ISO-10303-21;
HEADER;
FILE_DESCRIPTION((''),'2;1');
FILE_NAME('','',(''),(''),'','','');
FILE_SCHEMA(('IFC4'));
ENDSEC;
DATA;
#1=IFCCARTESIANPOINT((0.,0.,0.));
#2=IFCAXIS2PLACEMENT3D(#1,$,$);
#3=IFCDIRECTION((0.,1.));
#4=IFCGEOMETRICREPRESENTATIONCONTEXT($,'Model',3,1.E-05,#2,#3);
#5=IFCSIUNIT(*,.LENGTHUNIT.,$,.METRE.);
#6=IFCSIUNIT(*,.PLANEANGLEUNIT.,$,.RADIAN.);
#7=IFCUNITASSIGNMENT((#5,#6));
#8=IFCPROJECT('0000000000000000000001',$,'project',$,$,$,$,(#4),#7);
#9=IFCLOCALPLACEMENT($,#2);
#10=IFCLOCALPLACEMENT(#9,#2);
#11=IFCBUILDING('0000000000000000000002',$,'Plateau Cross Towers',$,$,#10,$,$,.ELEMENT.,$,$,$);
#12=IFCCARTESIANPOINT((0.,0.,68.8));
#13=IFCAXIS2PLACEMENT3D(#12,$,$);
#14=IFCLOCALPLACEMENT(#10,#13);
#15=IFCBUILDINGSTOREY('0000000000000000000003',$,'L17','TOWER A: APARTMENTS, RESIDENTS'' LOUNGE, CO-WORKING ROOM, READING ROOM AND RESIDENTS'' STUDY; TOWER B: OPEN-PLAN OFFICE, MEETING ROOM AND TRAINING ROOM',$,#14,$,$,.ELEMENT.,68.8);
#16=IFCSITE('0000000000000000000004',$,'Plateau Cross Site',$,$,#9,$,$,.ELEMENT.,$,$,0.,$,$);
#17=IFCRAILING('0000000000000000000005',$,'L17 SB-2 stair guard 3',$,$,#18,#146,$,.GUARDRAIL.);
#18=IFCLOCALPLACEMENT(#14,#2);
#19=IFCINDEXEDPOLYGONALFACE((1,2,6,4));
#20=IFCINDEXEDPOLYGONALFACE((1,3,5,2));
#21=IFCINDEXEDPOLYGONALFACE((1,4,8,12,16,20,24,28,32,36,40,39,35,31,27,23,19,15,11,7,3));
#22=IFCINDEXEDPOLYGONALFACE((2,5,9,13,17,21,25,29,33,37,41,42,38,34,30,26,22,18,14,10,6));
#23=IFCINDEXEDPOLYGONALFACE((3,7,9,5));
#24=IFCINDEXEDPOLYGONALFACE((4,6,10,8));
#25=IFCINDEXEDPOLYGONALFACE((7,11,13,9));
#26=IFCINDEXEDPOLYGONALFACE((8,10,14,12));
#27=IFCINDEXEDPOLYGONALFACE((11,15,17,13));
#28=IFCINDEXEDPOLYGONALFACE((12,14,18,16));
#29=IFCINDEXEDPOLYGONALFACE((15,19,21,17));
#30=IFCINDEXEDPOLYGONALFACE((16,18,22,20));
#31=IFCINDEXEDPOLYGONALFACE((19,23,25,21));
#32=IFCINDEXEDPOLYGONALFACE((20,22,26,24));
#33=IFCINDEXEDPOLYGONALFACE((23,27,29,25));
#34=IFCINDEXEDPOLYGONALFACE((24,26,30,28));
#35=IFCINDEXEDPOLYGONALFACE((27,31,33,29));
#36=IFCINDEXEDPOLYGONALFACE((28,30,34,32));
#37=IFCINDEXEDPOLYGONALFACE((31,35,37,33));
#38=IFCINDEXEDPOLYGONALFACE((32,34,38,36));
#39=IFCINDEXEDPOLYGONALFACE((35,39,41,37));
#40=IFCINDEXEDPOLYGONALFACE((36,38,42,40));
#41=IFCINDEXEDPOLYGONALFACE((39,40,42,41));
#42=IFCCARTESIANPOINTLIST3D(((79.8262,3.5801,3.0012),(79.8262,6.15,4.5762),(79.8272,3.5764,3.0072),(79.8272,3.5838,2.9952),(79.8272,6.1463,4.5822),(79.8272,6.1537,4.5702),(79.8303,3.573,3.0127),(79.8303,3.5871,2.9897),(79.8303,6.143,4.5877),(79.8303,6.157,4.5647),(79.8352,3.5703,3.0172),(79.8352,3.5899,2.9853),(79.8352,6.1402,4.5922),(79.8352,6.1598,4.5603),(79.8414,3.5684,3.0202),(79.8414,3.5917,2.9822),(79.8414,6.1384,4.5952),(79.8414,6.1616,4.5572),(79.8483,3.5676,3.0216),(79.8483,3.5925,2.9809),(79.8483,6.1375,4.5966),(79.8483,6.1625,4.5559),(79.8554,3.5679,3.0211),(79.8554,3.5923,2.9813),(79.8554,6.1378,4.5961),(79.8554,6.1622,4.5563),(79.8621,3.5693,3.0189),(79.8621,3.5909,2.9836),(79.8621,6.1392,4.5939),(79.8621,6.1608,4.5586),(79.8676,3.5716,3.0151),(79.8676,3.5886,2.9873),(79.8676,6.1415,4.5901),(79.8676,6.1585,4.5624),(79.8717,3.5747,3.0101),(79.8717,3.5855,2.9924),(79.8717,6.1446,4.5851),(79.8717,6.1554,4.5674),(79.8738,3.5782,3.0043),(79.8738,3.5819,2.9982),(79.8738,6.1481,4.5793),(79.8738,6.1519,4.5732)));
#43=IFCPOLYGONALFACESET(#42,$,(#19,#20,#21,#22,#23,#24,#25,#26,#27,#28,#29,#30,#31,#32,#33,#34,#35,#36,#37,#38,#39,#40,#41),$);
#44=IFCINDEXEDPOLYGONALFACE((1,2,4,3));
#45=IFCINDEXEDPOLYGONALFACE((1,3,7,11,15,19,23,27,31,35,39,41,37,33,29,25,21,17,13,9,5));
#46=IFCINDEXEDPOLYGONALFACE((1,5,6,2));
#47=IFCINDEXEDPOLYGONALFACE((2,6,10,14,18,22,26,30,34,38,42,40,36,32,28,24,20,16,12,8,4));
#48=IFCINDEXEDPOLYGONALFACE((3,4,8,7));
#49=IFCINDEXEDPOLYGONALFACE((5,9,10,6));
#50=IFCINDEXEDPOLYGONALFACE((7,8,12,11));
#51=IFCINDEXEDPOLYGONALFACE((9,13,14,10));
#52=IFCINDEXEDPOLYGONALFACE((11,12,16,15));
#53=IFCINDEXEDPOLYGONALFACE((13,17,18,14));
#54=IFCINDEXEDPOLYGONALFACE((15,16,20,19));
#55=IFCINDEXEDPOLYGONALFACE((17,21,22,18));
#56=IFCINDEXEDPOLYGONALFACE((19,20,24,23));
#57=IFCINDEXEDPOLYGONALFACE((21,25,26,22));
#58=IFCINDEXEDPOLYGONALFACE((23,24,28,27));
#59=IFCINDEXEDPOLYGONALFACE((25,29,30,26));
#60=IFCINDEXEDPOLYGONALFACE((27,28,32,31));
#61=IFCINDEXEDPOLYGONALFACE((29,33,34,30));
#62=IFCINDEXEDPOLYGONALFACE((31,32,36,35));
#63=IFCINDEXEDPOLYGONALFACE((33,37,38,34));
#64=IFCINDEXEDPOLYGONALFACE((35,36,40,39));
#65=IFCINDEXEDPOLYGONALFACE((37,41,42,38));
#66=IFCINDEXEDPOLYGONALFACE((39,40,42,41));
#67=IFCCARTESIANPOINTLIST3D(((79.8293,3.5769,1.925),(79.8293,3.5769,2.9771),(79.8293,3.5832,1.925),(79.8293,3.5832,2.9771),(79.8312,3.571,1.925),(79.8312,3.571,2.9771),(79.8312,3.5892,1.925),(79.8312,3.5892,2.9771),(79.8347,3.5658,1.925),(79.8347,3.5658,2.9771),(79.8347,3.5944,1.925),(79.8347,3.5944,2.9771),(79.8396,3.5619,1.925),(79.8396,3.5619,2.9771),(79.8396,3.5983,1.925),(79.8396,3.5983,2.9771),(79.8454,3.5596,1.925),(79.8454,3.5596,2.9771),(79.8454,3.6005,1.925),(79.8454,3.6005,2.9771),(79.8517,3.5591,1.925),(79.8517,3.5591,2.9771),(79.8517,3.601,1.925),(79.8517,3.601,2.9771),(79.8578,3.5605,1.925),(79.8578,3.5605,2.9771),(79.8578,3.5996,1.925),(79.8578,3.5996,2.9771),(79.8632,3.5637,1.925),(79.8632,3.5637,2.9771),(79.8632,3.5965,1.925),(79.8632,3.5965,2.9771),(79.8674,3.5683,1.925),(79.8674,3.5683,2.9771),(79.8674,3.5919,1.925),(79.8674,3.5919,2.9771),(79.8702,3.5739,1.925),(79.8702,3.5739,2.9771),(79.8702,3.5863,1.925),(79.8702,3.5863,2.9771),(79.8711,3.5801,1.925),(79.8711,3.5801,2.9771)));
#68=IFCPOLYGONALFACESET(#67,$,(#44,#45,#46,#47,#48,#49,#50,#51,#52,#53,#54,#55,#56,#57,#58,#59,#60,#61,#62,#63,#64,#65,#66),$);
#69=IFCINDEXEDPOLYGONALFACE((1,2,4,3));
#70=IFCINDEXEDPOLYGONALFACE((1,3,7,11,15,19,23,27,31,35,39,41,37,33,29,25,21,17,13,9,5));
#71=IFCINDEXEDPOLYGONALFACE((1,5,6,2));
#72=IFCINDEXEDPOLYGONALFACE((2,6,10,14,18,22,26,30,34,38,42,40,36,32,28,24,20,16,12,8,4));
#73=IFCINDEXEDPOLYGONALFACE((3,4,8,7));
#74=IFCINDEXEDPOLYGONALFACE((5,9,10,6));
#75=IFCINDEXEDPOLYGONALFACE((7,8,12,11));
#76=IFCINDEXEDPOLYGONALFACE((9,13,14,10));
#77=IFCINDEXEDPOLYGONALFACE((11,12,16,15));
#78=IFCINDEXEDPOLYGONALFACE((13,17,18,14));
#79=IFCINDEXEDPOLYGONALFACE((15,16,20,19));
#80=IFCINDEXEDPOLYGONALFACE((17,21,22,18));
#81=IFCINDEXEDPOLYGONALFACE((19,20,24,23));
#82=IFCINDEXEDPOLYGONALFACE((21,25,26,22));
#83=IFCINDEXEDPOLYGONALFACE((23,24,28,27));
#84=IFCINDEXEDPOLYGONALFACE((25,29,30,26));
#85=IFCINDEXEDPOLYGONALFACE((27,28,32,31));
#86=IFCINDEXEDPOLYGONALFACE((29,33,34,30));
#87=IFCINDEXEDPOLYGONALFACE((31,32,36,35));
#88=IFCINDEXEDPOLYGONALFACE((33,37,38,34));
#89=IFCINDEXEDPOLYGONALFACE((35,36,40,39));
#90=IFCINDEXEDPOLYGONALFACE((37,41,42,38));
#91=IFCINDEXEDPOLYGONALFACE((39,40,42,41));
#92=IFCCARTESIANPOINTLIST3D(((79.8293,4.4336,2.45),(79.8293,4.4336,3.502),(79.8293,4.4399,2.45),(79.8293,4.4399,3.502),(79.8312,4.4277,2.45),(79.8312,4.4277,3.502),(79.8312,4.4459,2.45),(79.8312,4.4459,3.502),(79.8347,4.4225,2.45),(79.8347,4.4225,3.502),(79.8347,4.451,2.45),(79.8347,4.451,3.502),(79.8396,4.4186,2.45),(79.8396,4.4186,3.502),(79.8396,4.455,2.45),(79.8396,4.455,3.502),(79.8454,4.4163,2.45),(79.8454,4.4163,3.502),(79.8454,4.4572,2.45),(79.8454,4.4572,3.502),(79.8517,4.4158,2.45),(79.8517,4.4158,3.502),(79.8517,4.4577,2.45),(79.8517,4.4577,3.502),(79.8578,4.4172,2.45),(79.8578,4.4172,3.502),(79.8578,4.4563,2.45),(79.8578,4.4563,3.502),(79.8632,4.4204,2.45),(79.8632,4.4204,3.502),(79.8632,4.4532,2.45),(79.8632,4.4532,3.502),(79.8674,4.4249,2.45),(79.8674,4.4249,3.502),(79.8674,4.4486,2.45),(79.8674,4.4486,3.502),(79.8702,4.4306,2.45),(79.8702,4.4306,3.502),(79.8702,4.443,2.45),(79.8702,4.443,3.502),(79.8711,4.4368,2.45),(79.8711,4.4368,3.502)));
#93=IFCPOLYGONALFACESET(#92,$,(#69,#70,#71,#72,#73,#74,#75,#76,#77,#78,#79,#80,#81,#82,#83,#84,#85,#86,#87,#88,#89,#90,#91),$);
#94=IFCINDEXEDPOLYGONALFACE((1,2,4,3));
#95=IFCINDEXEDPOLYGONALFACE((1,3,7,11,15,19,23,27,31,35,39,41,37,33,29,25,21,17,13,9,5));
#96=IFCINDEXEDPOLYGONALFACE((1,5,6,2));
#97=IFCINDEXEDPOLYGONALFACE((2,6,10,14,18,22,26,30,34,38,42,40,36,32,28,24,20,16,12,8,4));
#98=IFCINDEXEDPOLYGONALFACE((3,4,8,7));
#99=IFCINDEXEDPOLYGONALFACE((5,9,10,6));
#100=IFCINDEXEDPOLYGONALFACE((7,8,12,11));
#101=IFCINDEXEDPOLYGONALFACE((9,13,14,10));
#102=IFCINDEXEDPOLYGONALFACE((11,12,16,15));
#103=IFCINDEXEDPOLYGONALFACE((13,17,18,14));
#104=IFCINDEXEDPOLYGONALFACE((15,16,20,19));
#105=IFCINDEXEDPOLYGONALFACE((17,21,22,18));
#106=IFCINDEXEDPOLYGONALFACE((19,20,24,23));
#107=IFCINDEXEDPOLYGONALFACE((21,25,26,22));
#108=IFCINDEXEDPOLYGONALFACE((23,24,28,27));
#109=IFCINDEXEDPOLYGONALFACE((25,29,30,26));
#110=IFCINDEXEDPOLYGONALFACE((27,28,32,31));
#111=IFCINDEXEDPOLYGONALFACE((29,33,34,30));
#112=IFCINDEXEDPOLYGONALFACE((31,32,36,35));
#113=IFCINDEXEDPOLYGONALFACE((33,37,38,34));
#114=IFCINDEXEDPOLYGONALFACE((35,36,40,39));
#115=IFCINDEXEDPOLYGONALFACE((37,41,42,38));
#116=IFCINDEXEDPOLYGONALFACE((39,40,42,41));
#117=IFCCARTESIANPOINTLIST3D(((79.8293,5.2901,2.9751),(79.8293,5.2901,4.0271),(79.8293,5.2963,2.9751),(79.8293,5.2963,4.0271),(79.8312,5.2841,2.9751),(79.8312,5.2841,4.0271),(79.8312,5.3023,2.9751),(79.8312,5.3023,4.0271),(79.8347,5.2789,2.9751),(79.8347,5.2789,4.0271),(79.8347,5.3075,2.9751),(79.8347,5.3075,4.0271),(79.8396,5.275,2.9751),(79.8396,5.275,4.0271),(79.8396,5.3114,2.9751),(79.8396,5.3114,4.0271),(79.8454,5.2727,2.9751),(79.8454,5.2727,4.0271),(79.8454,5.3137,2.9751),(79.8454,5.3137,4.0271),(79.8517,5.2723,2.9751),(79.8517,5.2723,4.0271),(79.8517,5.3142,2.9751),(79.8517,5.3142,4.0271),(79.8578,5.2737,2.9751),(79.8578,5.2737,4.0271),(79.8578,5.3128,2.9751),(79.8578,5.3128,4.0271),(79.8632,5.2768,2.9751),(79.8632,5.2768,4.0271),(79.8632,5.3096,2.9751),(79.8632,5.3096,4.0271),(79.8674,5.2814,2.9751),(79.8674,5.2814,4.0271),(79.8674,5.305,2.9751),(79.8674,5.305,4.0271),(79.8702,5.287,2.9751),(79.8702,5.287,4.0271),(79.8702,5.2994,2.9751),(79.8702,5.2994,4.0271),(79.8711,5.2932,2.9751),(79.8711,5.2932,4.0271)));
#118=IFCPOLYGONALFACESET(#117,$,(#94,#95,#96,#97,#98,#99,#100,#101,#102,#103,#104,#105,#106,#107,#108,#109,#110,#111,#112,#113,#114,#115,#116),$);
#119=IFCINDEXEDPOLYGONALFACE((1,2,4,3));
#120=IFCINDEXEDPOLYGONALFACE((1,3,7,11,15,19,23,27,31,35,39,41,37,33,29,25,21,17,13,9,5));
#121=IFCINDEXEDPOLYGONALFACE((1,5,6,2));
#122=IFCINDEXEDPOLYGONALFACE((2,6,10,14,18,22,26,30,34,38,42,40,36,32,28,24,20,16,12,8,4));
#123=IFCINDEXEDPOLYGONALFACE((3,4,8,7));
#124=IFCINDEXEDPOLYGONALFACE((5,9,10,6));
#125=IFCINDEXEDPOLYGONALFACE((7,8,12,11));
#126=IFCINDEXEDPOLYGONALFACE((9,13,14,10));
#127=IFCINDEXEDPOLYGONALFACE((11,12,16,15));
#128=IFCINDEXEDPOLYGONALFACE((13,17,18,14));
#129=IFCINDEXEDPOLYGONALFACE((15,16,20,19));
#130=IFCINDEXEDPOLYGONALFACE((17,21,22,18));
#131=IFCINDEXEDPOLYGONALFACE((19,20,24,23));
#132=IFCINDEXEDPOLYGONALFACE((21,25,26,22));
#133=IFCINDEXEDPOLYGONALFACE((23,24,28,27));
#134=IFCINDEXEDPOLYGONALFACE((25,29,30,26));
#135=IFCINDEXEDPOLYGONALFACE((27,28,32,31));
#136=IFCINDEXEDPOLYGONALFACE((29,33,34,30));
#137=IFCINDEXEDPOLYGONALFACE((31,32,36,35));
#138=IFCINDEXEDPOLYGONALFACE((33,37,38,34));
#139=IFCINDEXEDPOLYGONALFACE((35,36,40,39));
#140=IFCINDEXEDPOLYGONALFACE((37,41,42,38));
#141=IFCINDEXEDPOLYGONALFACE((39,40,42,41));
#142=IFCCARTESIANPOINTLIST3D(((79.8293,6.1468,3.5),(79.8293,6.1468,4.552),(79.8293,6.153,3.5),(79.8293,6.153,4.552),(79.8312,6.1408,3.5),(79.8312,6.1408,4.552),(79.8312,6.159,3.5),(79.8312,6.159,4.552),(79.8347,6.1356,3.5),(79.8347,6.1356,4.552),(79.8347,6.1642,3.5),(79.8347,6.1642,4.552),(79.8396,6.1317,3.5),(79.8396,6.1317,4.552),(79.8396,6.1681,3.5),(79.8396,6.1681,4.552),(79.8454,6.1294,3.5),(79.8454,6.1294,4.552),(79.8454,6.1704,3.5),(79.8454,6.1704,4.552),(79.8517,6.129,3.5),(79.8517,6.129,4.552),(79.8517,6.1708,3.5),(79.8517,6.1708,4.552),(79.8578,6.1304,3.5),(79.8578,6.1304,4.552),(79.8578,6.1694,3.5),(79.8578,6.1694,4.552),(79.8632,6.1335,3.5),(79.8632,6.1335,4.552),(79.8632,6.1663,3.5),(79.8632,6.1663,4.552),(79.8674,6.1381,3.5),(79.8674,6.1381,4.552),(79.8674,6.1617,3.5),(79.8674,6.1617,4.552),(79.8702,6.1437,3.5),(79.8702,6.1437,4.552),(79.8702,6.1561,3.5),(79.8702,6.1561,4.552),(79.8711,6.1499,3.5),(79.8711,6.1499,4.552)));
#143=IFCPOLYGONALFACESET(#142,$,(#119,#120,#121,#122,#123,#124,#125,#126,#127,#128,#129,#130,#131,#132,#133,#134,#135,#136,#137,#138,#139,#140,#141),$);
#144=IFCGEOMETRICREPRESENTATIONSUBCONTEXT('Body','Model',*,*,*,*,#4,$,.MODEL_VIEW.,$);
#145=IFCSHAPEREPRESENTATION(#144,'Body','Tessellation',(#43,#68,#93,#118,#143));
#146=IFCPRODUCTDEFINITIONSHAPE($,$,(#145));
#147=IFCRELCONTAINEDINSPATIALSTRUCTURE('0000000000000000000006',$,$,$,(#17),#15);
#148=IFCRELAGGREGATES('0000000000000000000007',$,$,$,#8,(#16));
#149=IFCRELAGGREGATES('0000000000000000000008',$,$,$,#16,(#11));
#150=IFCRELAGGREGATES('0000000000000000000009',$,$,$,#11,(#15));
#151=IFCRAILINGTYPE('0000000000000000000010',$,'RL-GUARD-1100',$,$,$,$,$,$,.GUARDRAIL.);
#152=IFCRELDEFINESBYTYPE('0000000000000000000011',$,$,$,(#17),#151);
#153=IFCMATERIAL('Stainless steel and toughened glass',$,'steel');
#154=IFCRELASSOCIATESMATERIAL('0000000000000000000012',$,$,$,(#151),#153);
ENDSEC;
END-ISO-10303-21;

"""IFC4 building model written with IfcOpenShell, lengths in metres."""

from ifc_helpers import new_model, si_unit, direction, frame, origin, origin_2d, place, context, subcontext, project, spatial, circle, extrude, material, type_object, element, save


model = new_model("IFC4")

# Units and contexts
model_context = context("Model", 3, precision=1e-05, world=origin(), true_north=direction((0.0, 1.0)))
body_context = subcontext(model_context, "Body", "Model", "MODEL_VIEW")
ifc_project = project(units=[si_unit("LENGTHUNIT", "METRE"), si_unit("PLANEANGLEUNIT", "RADIAN")], contexts=[model_context])

# Site, building, storey
site_placement = place(None, origin())
site = spatial("IfcSite", under=ifc_project, at=site_placement, Name="Plateau Cross Site", CompositionType="ELEMENT", RefElevation=0.0)
building_placement = place(site_placement, origin())
building = spatial("IfcBuilding", under=site, at=building_placement, Name="Plateau Cross Towers", CompositionType="ELEMENT")
storey_placement = place(building_placement, frame((0.0, 0.0, 68.8)))
storey = spatial("IfcBuildingStorey", under=building, at=storey_placement, Name="L17", Description="TOWER A: APARTMENTS, RESIDENTS' LOUNGE, CO-WORKING ROOM, READING ROOM AND RESIDENTS' STUDY; TOWER B: OPEN-PLAN OFFICE, MEETING ROOM AND TRAINING ROOM", CompositionType="ELEMENT", Elevation=68.8)

# Railing
ifc_material_1 = material(Name="Stainless steel and toughened glass", Category="steel")
railing_type_1 = type_object("IfcRailingType", Name="RL-GUARD-1100", PredefinedType="GUARDRAIL", material=ifc_material_1)
railing_1_placement = place(storey_placement, frame((79.8501, 3.5801, 1.925)))
element("IfcRailing", 1, at=railing_1_placement, inside=storey, type_object=railing_type_1, Name="L17 SB-2 stair guard 3", PredefinedType="GUARDRAIL", context=body_context, shape_type="SweptSolid", body=[
    extrude(circle(Radius=0.0239, at=origin_2d()), frame((0.0, 0.0, 1.0762), z_axis=(0.0, 0.852616, 0.522537), x_axis=(-1.0, 0.0, 0.0)), (0.0, 0.0, 1.0), 3.0142),
    extrude(circle(Radius=0.021, at=origin_2d()), origin(), (0.0, 0.0, 1.0), 1.052),
    extrude(circle(Radius=0.021, at=origin_2d()), frame((0.0, 0.8567, 0.5249)), (0.0, 0.0, 1.0), 1.052),
    extrude(circle(Radius=0.021, at=origin_2d()), frame((0.0, 1.7131, 1.05)), (0.0, 0.0, 1.0), 1.052),
    extrude(circle(Radius=0.021, at=origin_2d()), frame((0.0, 2.5698, 1.575)), (0.0, 0.0, 1.0), 1.052),
])

save(model, "model.ifc")
